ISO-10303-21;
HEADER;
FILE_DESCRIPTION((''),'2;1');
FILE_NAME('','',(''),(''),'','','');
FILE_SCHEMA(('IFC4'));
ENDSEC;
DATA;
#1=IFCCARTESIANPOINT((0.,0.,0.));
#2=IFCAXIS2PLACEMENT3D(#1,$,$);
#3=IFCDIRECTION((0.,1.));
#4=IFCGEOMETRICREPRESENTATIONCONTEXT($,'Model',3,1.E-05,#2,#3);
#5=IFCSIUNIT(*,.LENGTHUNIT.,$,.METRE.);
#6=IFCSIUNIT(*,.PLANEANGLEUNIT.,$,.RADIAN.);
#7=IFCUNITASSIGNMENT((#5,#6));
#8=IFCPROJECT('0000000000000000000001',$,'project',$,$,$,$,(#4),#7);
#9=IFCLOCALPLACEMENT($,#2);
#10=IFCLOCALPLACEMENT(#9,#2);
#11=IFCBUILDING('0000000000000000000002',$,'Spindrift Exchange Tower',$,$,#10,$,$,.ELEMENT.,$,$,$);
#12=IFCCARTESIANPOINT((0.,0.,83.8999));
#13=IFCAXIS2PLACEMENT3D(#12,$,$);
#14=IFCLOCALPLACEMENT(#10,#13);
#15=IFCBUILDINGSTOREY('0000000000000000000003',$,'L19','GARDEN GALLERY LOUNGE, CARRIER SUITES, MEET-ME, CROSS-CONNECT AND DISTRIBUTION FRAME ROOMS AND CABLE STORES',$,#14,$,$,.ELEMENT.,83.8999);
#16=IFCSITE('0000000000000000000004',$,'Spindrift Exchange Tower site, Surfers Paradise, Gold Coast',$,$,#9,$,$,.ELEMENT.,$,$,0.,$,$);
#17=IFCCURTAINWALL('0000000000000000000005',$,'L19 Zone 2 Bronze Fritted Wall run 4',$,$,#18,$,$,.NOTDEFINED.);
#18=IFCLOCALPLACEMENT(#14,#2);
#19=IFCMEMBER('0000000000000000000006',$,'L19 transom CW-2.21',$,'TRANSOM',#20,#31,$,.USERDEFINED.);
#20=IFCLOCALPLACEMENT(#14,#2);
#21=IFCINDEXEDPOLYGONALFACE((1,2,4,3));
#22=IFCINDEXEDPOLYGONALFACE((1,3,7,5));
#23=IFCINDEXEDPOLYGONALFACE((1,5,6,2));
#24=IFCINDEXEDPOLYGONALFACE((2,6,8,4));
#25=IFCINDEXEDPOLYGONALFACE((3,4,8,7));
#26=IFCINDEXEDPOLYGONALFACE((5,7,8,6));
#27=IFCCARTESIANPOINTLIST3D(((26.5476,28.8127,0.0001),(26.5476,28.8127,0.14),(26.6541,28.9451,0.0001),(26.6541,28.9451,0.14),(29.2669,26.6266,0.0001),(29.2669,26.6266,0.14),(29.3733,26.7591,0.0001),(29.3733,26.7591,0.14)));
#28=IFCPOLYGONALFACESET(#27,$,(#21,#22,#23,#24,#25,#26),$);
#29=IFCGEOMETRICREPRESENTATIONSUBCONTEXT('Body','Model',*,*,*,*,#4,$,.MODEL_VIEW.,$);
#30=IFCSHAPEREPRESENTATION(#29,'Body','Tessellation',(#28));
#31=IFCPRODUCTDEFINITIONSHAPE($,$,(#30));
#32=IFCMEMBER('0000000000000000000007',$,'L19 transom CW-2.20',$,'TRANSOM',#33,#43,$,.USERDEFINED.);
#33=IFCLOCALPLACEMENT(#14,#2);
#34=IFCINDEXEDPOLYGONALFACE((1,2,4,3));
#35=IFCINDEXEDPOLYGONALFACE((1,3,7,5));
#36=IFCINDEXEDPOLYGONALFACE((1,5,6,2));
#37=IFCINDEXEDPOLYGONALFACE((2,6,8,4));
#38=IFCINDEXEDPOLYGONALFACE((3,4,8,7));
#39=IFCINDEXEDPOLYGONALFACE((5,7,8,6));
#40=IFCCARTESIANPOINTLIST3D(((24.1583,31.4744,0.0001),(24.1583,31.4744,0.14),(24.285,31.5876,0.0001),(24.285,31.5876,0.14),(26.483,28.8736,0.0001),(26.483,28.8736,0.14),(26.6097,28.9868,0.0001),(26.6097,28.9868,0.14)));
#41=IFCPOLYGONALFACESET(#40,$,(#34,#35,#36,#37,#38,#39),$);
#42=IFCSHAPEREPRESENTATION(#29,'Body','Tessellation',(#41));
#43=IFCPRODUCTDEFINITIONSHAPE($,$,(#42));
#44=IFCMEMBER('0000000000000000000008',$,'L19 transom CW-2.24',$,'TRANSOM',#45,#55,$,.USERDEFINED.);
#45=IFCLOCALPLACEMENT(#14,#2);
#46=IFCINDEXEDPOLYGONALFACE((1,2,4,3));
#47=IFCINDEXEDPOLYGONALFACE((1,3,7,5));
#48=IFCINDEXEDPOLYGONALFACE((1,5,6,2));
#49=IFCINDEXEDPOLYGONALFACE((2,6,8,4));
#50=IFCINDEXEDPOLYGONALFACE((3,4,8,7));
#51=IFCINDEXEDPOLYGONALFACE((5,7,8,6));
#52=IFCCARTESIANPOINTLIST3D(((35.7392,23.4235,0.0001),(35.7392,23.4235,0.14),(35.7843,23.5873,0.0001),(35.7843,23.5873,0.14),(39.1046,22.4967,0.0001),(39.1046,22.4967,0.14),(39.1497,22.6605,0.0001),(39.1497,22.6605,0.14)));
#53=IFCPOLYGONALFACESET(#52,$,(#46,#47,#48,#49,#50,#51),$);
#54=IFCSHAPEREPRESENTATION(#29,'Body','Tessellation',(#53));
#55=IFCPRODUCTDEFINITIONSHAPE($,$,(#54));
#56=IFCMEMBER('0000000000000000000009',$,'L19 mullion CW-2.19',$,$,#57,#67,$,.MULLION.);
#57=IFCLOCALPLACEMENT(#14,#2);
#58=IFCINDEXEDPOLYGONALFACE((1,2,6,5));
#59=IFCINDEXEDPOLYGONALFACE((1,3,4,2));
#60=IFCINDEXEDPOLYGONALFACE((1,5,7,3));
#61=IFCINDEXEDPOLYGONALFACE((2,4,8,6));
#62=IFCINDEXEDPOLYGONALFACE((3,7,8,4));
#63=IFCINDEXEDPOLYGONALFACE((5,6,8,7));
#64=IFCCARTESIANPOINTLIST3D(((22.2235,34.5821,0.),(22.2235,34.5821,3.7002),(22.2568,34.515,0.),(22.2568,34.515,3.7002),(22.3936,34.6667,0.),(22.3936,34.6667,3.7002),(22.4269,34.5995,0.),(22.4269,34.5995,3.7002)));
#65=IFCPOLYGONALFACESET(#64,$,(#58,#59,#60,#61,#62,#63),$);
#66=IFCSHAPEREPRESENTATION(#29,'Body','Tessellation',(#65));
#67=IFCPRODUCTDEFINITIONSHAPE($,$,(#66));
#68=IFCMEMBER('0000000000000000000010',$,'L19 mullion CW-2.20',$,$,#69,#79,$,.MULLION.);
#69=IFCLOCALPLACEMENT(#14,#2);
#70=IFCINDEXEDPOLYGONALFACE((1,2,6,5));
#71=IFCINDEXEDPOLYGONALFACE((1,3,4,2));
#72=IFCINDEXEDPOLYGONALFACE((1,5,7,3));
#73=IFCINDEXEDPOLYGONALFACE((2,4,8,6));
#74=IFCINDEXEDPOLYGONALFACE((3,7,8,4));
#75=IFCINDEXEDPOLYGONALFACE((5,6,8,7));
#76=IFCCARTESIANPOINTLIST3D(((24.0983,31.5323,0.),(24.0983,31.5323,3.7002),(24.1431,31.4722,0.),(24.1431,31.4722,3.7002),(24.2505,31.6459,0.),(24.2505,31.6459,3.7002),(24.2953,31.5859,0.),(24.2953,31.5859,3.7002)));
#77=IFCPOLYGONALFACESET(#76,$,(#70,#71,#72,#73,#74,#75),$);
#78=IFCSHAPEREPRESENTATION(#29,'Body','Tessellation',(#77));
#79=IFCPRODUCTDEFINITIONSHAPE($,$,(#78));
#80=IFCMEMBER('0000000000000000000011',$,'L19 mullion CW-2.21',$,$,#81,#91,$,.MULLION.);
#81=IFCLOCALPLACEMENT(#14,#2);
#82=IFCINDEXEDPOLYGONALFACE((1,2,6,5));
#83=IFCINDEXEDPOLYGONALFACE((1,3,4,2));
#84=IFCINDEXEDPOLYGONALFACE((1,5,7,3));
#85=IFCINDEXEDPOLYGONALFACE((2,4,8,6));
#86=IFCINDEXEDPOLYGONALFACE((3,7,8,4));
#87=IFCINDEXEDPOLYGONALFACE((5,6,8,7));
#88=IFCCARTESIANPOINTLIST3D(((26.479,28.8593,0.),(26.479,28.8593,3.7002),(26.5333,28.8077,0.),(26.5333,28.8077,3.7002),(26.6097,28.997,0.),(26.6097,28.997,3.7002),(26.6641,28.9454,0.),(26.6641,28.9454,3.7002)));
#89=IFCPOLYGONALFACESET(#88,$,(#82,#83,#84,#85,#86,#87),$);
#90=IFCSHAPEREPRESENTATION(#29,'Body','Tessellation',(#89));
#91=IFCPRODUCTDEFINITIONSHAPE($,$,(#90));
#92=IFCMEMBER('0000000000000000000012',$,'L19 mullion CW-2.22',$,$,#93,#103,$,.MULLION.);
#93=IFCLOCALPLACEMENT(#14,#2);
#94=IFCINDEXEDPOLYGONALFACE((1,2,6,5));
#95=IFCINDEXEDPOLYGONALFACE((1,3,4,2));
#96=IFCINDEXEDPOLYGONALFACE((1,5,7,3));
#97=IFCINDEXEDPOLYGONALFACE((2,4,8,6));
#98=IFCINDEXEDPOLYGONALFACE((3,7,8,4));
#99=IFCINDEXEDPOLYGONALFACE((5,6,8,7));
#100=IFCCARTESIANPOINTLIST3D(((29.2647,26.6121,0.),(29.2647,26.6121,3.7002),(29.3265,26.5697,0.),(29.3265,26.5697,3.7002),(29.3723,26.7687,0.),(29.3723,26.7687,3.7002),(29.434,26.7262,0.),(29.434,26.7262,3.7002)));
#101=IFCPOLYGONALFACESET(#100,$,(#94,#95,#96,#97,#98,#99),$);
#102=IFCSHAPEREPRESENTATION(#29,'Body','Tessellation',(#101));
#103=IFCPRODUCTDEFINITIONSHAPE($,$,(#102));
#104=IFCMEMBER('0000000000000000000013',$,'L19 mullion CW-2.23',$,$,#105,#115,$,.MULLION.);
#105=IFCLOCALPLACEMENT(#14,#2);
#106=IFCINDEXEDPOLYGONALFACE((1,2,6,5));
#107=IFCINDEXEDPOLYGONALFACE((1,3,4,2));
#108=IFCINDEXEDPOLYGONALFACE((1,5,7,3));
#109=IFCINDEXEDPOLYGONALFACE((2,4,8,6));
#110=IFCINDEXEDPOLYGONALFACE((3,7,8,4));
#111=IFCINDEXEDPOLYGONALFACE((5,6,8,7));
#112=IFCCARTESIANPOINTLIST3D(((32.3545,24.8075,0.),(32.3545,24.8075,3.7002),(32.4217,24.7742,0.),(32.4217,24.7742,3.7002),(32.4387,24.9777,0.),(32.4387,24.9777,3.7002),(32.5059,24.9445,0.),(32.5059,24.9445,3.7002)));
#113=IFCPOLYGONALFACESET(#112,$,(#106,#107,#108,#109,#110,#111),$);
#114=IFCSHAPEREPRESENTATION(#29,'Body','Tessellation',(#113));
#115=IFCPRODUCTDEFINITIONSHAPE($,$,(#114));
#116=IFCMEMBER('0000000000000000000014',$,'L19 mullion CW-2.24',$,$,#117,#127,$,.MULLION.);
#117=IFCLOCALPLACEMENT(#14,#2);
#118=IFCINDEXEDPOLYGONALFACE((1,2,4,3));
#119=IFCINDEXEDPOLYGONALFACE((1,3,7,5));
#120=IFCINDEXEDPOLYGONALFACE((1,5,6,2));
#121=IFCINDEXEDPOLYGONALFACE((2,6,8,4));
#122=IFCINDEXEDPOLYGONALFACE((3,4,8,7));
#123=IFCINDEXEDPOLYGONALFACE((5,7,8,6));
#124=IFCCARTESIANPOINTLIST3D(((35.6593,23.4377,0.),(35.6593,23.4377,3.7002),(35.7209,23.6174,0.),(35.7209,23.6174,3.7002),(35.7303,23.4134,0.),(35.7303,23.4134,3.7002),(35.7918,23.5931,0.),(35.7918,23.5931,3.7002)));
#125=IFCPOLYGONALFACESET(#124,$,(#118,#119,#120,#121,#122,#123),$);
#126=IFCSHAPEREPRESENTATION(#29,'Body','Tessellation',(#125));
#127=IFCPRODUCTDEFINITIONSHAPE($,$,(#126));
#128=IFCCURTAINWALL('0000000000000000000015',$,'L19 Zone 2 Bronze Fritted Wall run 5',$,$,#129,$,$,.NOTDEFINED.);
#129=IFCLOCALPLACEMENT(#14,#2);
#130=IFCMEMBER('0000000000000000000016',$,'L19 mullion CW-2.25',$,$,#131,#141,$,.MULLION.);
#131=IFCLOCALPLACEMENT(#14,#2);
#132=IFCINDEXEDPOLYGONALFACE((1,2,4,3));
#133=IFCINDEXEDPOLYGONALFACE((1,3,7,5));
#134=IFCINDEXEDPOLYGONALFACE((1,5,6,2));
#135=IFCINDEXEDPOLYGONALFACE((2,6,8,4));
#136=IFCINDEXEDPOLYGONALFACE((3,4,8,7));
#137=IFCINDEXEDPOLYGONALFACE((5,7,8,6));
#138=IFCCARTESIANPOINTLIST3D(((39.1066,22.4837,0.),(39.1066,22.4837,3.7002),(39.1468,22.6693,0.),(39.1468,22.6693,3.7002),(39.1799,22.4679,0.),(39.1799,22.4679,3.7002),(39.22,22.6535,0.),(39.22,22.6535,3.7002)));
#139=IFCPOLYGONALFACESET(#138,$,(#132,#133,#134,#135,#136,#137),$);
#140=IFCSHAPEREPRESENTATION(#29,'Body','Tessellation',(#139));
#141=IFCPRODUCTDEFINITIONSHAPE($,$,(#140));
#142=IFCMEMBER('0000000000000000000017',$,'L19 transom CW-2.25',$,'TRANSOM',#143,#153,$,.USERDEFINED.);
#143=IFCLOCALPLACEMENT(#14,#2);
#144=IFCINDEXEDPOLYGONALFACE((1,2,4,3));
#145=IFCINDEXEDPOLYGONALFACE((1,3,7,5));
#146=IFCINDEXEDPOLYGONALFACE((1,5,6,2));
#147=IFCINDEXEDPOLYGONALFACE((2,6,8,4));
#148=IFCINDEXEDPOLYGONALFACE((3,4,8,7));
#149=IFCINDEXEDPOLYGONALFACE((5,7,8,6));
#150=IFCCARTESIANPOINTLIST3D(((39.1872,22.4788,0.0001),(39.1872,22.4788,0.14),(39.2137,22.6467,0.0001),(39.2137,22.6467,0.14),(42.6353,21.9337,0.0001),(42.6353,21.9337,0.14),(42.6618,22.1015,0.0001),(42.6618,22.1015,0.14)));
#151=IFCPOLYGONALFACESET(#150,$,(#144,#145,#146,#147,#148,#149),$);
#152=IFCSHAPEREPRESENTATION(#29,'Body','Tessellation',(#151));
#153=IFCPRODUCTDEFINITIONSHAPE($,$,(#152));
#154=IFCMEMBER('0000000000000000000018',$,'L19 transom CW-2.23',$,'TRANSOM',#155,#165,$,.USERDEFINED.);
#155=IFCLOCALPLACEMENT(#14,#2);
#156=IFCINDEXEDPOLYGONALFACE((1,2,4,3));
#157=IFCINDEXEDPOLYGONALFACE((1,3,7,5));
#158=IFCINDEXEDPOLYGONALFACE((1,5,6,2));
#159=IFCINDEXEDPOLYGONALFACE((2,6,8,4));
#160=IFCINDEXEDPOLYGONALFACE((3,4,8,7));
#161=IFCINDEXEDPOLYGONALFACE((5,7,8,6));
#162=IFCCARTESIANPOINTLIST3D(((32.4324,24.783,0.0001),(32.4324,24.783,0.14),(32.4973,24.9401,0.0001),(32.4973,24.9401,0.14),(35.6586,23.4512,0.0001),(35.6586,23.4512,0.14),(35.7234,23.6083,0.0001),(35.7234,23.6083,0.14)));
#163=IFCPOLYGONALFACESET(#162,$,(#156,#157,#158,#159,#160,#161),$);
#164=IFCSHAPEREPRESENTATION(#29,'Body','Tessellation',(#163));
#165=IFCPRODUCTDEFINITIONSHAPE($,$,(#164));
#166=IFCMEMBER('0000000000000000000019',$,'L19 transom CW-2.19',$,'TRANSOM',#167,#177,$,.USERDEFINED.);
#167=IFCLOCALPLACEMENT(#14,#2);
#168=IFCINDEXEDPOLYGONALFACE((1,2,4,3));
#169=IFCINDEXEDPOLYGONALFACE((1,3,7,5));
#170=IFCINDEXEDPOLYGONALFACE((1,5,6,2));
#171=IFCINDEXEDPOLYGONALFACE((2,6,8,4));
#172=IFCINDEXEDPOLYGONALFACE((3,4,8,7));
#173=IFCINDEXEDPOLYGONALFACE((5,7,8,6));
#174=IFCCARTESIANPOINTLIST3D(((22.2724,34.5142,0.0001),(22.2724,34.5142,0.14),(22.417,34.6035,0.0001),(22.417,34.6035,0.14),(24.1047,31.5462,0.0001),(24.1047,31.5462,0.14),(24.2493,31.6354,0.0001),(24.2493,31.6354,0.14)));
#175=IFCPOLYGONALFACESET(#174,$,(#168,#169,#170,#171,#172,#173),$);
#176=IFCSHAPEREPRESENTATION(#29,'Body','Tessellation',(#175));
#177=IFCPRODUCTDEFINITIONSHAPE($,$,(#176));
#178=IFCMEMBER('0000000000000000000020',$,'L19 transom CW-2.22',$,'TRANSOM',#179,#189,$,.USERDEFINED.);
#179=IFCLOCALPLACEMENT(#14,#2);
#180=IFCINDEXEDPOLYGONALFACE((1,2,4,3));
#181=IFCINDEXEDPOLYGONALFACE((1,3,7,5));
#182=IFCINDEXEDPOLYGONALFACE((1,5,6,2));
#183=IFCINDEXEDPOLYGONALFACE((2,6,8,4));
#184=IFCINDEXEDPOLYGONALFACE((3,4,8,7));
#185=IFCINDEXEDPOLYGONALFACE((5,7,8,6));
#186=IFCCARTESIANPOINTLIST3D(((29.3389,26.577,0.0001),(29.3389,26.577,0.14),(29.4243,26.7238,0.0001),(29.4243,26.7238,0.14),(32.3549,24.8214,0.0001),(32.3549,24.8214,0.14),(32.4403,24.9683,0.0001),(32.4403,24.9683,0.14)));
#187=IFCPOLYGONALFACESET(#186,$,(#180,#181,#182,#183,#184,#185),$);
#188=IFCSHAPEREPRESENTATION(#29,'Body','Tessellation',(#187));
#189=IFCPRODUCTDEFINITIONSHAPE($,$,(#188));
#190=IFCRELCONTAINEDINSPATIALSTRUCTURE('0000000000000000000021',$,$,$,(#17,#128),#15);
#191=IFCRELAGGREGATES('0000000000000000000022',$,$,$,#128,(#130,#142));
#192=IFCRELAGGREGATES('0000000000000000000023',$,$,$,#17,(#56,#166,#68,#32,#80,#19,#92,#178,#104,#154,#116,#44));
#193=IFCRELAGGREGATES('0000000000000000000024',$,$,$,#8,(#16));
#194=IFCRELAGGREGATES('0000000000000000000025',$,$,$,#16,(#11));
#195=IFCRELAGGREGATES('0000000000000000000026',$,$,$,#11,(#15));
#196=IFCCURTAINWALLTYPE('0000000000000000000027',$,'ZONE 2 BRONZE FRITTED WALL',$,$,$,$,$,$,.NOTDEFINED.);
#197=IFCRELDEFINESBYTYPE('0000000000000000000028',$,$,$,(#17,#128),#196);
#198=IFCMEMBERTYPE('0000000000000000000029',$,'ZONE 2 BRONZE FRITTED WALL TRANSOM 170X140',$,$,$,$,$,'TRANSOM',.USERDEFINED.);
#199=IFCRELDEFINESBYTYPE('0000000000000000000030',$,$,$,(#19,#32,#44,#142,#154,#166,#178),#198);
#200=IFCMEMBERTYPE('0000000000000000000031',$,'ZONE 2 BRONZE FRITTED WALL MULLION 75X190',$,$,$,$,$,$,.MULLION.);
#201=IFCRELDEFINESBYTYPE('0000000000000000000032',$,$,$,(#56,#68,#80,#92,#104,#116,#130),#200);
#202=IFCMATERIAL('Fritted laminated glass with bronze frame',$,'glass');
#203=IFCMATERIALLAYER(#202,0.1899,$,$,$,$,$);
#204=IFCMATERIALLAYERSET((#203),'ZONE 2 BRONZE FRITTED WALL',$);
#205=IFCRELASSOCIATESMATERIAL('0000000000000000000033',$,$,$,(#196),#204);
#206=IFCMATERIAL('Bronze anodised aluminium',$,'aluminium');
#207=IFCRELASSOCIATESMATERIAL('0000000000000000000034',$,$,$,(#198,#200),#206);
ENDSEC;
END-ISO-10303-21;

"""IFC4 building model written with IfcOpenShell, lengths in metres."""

from ifc_helpers import new_model, si_unit, direction, frame, origin, origin_2d, place, context, subcontext, project, spatial, rectangle, extrude, source, transform, mapped, material, layer, layer_set, material_profile, profile_set, type_object, element, aggregate, save


model = new_model("IFC4")

# Units and contexts
model_context = context("Model", 3, precision=1e-05, world=origin(), true_north=direction((0.0, 1.0)))
body_context = subcontext(model_context, "Body", "Model", "MODEL_VIEW")
ifc_project = project(units=[si_unit("LENGTHUNIT", "METRE"), si_unit("PLANEANGLEUNIT", "RADIAN")], contexts=[model_context])

# Site, building, storey
site_placement = place(None, origin())
site = spatial("IfcSite", under=ifc_project, at=site_placement, Name="Spindrift Exchange Tower site, Surfers Paradise, Gold Coast", CompositionType="ELEMENT", RefElevation=0.0)
building_placement = place(site_placement, origin())
building = spatial("IfcBuilding", under=site, at=building_placement, Name="Spindrift Exchange Tower", CompositionType="ELEMENT")
storey_placement = place(building_placement, frame((0.0, 0.0, 83.8999)))
storey = spatial("IfcBuildingStorey", under=building, at=storey_placement, Name="L19", Description="GARDEN GALLERY LOUNGE, CARRIER SUITES, MEET-ME, CROSS-CONNECT AND DISTRIBUTION FRAME ROOMS AND CABLE STORES", CompositionType="ELEMENT", Elevation=83.8999)

# Curtain walls, members
ifc_material_1 = material(Name="Fritted laminated glass with bronze frame", Category="glass")
ifc_layer_1 = layer(ifc_material_1, 0.1899)
ifc_layer_set_1 = layer_set([ifc_layer_1], Name="ZONE 2 BRONZE FRITTED WALL")
curtain_wall_type = type_object("IfcCurtainWallType", Name="ZONE 2 BRONZE FRITTED WALL", PredefinedType="NOTDEFINED", material=ifc_layer_set_1)
curtain_wall_1_placement = place(storey_placement, origin())
curtain_wall_1 = element("IfcCurtainWall", 1, at=curtain_wall_1_placement, inside=storey, type_object=curtain_wall_type, Name="L19 Zone 2 Bronze Fritted Wall run 4", PredefinedType="NOTDEFINED")
ifc_material_2 = material(Name="Bronze anodised aluminium", Category="aluminium")
ifc_material_profile_1 = material_profile(ifc_material_2, rectangle(XDim=0.1699, YDim=0.1399, at=origin_2d()), Name="ZONE 2 BRONZE FRITTED WALL TRANSOM 170X140")
ifc_profile_set_1 = profile_set([ifc_material_profile_1], Name="Bronze anodised aluminium")
member_type_1 = type_object("IfcMemberType", Name="ZONE 2 BRONZE FRITTED WALL TRANSOM 170X140", ElementType="TRANSOM", PredefinedType="USERDEFINED", material=ifc_profile_set_1)
shared_shape_1 = source(origin(), body_context, "Body", "SweptSolid", [
    extrude(rectangle(XDim=0.1699, YDim=0.1399, at=origin_2d()), origin(), (0.0, 0.0, 1.0), 3.489),
])
member_1_placement = place(storey_placement, frame((26.6008, 28.8789, 0.0701), z_axis=(0.779378, -0.626554, 0.0), x_axis=(0.626554, 0.779378, 0.0)))
member_1 = element("IfcMember", 2, at=member_1_placement, type_object=member_type_1, Name="L19 transom CW-2.21", ObjectType="TRANSOM", PredefinedType="USERDEFINED", context=body_context, shape_type="MappedRepresentation", body=[
    mapped(shared_shape_1, transform((0.0, 0.0, 0.0), scale=1.0)),
])
shared_shape_2 = source(origin(), body_context, "Body", "SweptSolid", [
    extrude(rectangle(XDim=0.1699, YDim=0.1399, at=origin_2d()), origin(), (0.0, 0.0, 1.0), 3.4883),
])
member_2_placement = place(storey_placement, frame((24.2217, 31.531, 0.0701), z_axis=(0.66642, -0.745576, 0.0), x_axis=(0.745576, 0.66642, 0.0)))
member_2 = element("IfcMember", 3, at=member_2_placement, type_object=member_type_1, Name="L19 transom CW-2.20", ObjectType="TRANSOM", PredefinedType="USERDEFINED", context=body_context, shape_type="MappedRepresentation", body=[
    mapped(shared_shape_2, transform((0.0, 0.0, 0.0), scale=1.0)),
])
shared_shape_3 = source(origin(), body_context, "Body", "SweptSolid", [
    extrude(rectangle(XDim=0.1699, YDim=0.1399, at=origin_2d()), origin(), (0.0, 0.0, 1.0), 3.4907),
])
member_3_placement = place(storey_placement, frame((35.7617, 23.5054, 0.0701), z_axis=(0.964114, -0.26549, 0.0), x_axis=(0.26549, 0.964114, 0.0)))
member_3 = element("IfcMember", 4, at=member_3_placement, type_object=member_type_1, Name="L19 transom CW-2.24", ObjectType="TRANSOM", PredefinedType="USERDEFINED", context=body_context, shape_type="MappedRepresentation", body=[
    mapped(shared_shape_3, transform((0.0, 0.0, 0.0), scale=1.0)),
])
ifc_material_profile_2 = material_profile(ifc_material_2, rectangle(XDim=0.075, YDim=0.1899, at=origin_2d()), Name="ZONE 2 BRONZE FRITTED WALL MULLION 75X190")
ifc_profile_set_2 = profile_set([ifc_material_profile_2], Name="Bronze anodised aluminium")
member_type_2 = type_object("IfcMemberType", Name="ZONE 2 BRONZE FRITTED WALL MULLION 75X190", PredefinedType="MULLION", material=ifc_profile_set_2)
shared_shape_4 = source(origin(), body_context, "Body", "SweptSolid", [
    extrude(rectangle(XDim=0.075, YDim=0.1899, at=origin_2d()), origin(), (0.0, 0.0, 1.0), 3.7002),
])
member_4_placement = place(storey_placement, frame((22.3252, 34.5908, 0.0), z_axis=(0.0, 0.0, 1.0), x_axis=(0.445175, -0.895444, 0.0)))
member_4 = element("IfcMember", 5, at=member_4_placement, type_object=member_type_2, Name="L19 mullion CW-2.19", PredefinedType="MULLION", context=body_context, shape_type="MappedRepresentation", body=[
    mapped(shared_shape_4, transform((0.0, 0.0, 0.0), scale=1.0)),
])
member_5_placement = place(storey_placement, frame((24.1968, 31.5591, 0.0), z_axis=(0.0, 0.0, 1.0), x_axis=(0.598199, -0.801347, 0.0)))
member_5 = element("IfcMember", 6, at=member_5_placement, type_object=member_type_2, Name="L19 mullion CW-2.20", PredefinedType="MULLION", context=body_context, shape_type="MappedRepresentation", body=[
    mapped(shared_shape_4, transform((0.0, 0.0, 0.0), scale=1.0)),
])
member_6_placement = place(storey_placement, frame((26.5715, 28.9023, 0.0), z_axis=(0.0, 0.0, 1.0), x_axis=(0.725365, -0.688365, 0.0)))
member_6 = element("IfcMember", 7, at=member_6_placement, type_object=member_type_2, Name="L19 mullion CW-2.21", PredefinedType="MULLION", context=body_context, shape_type="MappedRepresentation", body=[
    mapped(shared_shape_4, transform((0.0, 0.0, 0.0), scale=1.0)),
])
member_7_placement = place(storey_placement, frame((29.3494, 26.6692, 0.0), z_axis=(0.0, 0.0, 1.0), x_axis=(0.824129, -0.566403, 0.0)))
member_7 = element("IfcMember", 8, at=member_7_placement, type_object=member_type_2, Name="L19 mullion CW-2.22", PredefinedType="MULLION", context=body_context, shape_type="MappedRepresentation", body=[
    mapped(shared_shape_4, transform((0.0, 0.0, 0.0), scale=1.0)),
])
member_8_placement = place(storey_placement, frame((32.4302, 24.876, 0.0), z_axis=(0.0, 0.0, 1.0), x_axis=(0.89634, -0.443367, 0.0)))
member_8 = element("IfcMember", 9, at=member_8_placement, type_object=member_type_2, Name="L19 mullion CW-2.23", PredefinedType="MULLION", context=body_context, shape_type="MappedRepresentation", body=[
    mapped(shared_shape_4, transform((0.0, 0.0, 0.0), scale=1.0)),
])
member_9_placement = place(storey_placement, frame((35.7256, 23.5154, 0.0), z_axis=(0.0, 0.0, 1.0), x_axis=(0.946001, -0.324162, 0.0)))
member_9 = element("IfcMember", 10, at=member_9_placement, type_object=member_type_2, Name="L19 mullion CW-2.24", PredefinedType="MULLION", context=body_context, shape_type="MappedRepresentation", body=[
    mapped(shared_shape_4, transform((0.0, 0.0, 0.0), scale=1.0)),
])
curtain_wall_2_placement = place(storey_placement, origin())
curtain_wall_2 = element("IfcCurtainWall", 11, at=curtain_wall_2_placement, inside=storey, type_object=curtain_wall_type, Name="L19 Zone 2 Bronze Fritted Wall run 5", PredefinedType="NOTDEFINED")
member_10_placement = place(storey_placement, frame((39.1633, 22.5686, 0.0), z_axis=(0.0, 0.0, 1.0), x_axis=(0.977451, -0.211162, 0.0)))
member_10 = element("IfcMember", 12, at=member_10_placement, type_object=member_type_2, Name="L19 mullion CW-2.25", PredefinedType="MULLION", context=body_context, shape_type="MappedRepresentation", body=[
    mapped(shared_shape_4, transform((0.0, 0.0, 0.0), scale=1.0)),
])
shared_shape_5 = source(origin(), body_context, "Body", "SweptSolid", [
    extrude(rectangle(XDim=0.1699, YDim=0.1399, at=origin_2d()), origin(), (0.0, 0.0, 1.0), 3.491),
])
member_11_placement = place(storey_placement, frame((39.2004, 22.5627, 0.0701), z_axis=(0.987732, -0.15616, 0.0), x_axis=(0.15616, 0.987732, 0.0)))
member_11 = element("IfcMember", 13, at=member_11_placement, type_object=member_type_1, Name="L19 transom CW-2.25", ObjectType="TRANSOM", PredefinedType="USERDEFINED", context=body_context, shape_type="MappedRepresentation", body=[
    mapped(shared_shape_5, transform((0.0, 0.0, 0.0), scale=1.0)),
])
aggregate(curtain_wall_2, [member_10, member_11])

# Members
shared_shape_6 = source(origin(), body_context, "Body", "SweptSolid", [
    extrude(rectangle(XDim=0.1699, YDim=0.1399, at=origin_2d()), origin(), (0.0, 0.0, 1.0), 3.4902),
])
member_12_placement = place(storey_placement, frame((32.4648, 24.8616, 0.0701), z_axis=(0.924334, -0.381583, 0.0), x_axis=(0.381583, 0.924334, 0.0)))
member_12 = element("IfcMember", 14, at=member_12_placement, type_object=member_type_1, Name="L19 transom CW-2.23", ObjectType="TRANSOM", PredefinedType="USERDEFINED", context=body_context, shape_type="MappedRepresentation", body=[
    mapped(shared_shape_6, transform((0.0, 0.0, 0.0), scale=1.0)),
])
shared_shape_7 = source(origin(), body_context, "Body", "SweptSolid", [
    extrude(rectangle(XDim=0.1699, YDim=0.1399, at=origin_2d()), origin(), (0.0, 0.0, 1.0), 3.488),
])
member_13_placement = place(storey_placement, frame((22.3447, 34.5588, 0.0701), z_axis=(0.525304, -0.850915, 0.0), x_axis=(0.850915, 0.525304, 0.0)))
member_13 = element("IfcMember", 15, at=member_13_placement, type_object=member_type_1, Name="L19 transom CW-2.19", ObjectType="TRANSOM", PredefinedType="USERDEFINED", context=body_context, shape_type="MappedRepresentation", body=[
    mapped(shared_shape_7, transform((0.0, 0.0, 0.0), scale=1.0)),
])
shared_shape_8 = source(origin(), body_context, "Body", "SweptSolid", [
    extrude(rectangle(XDim=0.1699, YDim=0.1399, at=origin_2d()), origin(), (0.0, 0.0, 1.0), 3.4897),
])
member_14_placement = place(storey_placement, frame((29.3816, 26.6504, 0.0701), z_axis=(0.86425, -0.503062, 0.0), x_axis=(0.503062, 0.86425, 0.0)))
member_14 = element("IfcMember", 16, at=member_14_placement, type_object=member_type_1, Name="L19 transom CW-2.22", ObjectType="TRANSOM", PredefinedType="USERDEFINED", context=body_context, shape_type="MappedRepresentation", body=[
    mapped(shared_shape_8, transform((0.0, 0.0, 0.0), scale=1.0)),
])

aggregate(curtain_wall_1, [member_4, member_13, member_5, member_2, member_6, member_1, member_7, member_14, member_8, member_12, member_9, member_3])

save(model, "model.ifc")
